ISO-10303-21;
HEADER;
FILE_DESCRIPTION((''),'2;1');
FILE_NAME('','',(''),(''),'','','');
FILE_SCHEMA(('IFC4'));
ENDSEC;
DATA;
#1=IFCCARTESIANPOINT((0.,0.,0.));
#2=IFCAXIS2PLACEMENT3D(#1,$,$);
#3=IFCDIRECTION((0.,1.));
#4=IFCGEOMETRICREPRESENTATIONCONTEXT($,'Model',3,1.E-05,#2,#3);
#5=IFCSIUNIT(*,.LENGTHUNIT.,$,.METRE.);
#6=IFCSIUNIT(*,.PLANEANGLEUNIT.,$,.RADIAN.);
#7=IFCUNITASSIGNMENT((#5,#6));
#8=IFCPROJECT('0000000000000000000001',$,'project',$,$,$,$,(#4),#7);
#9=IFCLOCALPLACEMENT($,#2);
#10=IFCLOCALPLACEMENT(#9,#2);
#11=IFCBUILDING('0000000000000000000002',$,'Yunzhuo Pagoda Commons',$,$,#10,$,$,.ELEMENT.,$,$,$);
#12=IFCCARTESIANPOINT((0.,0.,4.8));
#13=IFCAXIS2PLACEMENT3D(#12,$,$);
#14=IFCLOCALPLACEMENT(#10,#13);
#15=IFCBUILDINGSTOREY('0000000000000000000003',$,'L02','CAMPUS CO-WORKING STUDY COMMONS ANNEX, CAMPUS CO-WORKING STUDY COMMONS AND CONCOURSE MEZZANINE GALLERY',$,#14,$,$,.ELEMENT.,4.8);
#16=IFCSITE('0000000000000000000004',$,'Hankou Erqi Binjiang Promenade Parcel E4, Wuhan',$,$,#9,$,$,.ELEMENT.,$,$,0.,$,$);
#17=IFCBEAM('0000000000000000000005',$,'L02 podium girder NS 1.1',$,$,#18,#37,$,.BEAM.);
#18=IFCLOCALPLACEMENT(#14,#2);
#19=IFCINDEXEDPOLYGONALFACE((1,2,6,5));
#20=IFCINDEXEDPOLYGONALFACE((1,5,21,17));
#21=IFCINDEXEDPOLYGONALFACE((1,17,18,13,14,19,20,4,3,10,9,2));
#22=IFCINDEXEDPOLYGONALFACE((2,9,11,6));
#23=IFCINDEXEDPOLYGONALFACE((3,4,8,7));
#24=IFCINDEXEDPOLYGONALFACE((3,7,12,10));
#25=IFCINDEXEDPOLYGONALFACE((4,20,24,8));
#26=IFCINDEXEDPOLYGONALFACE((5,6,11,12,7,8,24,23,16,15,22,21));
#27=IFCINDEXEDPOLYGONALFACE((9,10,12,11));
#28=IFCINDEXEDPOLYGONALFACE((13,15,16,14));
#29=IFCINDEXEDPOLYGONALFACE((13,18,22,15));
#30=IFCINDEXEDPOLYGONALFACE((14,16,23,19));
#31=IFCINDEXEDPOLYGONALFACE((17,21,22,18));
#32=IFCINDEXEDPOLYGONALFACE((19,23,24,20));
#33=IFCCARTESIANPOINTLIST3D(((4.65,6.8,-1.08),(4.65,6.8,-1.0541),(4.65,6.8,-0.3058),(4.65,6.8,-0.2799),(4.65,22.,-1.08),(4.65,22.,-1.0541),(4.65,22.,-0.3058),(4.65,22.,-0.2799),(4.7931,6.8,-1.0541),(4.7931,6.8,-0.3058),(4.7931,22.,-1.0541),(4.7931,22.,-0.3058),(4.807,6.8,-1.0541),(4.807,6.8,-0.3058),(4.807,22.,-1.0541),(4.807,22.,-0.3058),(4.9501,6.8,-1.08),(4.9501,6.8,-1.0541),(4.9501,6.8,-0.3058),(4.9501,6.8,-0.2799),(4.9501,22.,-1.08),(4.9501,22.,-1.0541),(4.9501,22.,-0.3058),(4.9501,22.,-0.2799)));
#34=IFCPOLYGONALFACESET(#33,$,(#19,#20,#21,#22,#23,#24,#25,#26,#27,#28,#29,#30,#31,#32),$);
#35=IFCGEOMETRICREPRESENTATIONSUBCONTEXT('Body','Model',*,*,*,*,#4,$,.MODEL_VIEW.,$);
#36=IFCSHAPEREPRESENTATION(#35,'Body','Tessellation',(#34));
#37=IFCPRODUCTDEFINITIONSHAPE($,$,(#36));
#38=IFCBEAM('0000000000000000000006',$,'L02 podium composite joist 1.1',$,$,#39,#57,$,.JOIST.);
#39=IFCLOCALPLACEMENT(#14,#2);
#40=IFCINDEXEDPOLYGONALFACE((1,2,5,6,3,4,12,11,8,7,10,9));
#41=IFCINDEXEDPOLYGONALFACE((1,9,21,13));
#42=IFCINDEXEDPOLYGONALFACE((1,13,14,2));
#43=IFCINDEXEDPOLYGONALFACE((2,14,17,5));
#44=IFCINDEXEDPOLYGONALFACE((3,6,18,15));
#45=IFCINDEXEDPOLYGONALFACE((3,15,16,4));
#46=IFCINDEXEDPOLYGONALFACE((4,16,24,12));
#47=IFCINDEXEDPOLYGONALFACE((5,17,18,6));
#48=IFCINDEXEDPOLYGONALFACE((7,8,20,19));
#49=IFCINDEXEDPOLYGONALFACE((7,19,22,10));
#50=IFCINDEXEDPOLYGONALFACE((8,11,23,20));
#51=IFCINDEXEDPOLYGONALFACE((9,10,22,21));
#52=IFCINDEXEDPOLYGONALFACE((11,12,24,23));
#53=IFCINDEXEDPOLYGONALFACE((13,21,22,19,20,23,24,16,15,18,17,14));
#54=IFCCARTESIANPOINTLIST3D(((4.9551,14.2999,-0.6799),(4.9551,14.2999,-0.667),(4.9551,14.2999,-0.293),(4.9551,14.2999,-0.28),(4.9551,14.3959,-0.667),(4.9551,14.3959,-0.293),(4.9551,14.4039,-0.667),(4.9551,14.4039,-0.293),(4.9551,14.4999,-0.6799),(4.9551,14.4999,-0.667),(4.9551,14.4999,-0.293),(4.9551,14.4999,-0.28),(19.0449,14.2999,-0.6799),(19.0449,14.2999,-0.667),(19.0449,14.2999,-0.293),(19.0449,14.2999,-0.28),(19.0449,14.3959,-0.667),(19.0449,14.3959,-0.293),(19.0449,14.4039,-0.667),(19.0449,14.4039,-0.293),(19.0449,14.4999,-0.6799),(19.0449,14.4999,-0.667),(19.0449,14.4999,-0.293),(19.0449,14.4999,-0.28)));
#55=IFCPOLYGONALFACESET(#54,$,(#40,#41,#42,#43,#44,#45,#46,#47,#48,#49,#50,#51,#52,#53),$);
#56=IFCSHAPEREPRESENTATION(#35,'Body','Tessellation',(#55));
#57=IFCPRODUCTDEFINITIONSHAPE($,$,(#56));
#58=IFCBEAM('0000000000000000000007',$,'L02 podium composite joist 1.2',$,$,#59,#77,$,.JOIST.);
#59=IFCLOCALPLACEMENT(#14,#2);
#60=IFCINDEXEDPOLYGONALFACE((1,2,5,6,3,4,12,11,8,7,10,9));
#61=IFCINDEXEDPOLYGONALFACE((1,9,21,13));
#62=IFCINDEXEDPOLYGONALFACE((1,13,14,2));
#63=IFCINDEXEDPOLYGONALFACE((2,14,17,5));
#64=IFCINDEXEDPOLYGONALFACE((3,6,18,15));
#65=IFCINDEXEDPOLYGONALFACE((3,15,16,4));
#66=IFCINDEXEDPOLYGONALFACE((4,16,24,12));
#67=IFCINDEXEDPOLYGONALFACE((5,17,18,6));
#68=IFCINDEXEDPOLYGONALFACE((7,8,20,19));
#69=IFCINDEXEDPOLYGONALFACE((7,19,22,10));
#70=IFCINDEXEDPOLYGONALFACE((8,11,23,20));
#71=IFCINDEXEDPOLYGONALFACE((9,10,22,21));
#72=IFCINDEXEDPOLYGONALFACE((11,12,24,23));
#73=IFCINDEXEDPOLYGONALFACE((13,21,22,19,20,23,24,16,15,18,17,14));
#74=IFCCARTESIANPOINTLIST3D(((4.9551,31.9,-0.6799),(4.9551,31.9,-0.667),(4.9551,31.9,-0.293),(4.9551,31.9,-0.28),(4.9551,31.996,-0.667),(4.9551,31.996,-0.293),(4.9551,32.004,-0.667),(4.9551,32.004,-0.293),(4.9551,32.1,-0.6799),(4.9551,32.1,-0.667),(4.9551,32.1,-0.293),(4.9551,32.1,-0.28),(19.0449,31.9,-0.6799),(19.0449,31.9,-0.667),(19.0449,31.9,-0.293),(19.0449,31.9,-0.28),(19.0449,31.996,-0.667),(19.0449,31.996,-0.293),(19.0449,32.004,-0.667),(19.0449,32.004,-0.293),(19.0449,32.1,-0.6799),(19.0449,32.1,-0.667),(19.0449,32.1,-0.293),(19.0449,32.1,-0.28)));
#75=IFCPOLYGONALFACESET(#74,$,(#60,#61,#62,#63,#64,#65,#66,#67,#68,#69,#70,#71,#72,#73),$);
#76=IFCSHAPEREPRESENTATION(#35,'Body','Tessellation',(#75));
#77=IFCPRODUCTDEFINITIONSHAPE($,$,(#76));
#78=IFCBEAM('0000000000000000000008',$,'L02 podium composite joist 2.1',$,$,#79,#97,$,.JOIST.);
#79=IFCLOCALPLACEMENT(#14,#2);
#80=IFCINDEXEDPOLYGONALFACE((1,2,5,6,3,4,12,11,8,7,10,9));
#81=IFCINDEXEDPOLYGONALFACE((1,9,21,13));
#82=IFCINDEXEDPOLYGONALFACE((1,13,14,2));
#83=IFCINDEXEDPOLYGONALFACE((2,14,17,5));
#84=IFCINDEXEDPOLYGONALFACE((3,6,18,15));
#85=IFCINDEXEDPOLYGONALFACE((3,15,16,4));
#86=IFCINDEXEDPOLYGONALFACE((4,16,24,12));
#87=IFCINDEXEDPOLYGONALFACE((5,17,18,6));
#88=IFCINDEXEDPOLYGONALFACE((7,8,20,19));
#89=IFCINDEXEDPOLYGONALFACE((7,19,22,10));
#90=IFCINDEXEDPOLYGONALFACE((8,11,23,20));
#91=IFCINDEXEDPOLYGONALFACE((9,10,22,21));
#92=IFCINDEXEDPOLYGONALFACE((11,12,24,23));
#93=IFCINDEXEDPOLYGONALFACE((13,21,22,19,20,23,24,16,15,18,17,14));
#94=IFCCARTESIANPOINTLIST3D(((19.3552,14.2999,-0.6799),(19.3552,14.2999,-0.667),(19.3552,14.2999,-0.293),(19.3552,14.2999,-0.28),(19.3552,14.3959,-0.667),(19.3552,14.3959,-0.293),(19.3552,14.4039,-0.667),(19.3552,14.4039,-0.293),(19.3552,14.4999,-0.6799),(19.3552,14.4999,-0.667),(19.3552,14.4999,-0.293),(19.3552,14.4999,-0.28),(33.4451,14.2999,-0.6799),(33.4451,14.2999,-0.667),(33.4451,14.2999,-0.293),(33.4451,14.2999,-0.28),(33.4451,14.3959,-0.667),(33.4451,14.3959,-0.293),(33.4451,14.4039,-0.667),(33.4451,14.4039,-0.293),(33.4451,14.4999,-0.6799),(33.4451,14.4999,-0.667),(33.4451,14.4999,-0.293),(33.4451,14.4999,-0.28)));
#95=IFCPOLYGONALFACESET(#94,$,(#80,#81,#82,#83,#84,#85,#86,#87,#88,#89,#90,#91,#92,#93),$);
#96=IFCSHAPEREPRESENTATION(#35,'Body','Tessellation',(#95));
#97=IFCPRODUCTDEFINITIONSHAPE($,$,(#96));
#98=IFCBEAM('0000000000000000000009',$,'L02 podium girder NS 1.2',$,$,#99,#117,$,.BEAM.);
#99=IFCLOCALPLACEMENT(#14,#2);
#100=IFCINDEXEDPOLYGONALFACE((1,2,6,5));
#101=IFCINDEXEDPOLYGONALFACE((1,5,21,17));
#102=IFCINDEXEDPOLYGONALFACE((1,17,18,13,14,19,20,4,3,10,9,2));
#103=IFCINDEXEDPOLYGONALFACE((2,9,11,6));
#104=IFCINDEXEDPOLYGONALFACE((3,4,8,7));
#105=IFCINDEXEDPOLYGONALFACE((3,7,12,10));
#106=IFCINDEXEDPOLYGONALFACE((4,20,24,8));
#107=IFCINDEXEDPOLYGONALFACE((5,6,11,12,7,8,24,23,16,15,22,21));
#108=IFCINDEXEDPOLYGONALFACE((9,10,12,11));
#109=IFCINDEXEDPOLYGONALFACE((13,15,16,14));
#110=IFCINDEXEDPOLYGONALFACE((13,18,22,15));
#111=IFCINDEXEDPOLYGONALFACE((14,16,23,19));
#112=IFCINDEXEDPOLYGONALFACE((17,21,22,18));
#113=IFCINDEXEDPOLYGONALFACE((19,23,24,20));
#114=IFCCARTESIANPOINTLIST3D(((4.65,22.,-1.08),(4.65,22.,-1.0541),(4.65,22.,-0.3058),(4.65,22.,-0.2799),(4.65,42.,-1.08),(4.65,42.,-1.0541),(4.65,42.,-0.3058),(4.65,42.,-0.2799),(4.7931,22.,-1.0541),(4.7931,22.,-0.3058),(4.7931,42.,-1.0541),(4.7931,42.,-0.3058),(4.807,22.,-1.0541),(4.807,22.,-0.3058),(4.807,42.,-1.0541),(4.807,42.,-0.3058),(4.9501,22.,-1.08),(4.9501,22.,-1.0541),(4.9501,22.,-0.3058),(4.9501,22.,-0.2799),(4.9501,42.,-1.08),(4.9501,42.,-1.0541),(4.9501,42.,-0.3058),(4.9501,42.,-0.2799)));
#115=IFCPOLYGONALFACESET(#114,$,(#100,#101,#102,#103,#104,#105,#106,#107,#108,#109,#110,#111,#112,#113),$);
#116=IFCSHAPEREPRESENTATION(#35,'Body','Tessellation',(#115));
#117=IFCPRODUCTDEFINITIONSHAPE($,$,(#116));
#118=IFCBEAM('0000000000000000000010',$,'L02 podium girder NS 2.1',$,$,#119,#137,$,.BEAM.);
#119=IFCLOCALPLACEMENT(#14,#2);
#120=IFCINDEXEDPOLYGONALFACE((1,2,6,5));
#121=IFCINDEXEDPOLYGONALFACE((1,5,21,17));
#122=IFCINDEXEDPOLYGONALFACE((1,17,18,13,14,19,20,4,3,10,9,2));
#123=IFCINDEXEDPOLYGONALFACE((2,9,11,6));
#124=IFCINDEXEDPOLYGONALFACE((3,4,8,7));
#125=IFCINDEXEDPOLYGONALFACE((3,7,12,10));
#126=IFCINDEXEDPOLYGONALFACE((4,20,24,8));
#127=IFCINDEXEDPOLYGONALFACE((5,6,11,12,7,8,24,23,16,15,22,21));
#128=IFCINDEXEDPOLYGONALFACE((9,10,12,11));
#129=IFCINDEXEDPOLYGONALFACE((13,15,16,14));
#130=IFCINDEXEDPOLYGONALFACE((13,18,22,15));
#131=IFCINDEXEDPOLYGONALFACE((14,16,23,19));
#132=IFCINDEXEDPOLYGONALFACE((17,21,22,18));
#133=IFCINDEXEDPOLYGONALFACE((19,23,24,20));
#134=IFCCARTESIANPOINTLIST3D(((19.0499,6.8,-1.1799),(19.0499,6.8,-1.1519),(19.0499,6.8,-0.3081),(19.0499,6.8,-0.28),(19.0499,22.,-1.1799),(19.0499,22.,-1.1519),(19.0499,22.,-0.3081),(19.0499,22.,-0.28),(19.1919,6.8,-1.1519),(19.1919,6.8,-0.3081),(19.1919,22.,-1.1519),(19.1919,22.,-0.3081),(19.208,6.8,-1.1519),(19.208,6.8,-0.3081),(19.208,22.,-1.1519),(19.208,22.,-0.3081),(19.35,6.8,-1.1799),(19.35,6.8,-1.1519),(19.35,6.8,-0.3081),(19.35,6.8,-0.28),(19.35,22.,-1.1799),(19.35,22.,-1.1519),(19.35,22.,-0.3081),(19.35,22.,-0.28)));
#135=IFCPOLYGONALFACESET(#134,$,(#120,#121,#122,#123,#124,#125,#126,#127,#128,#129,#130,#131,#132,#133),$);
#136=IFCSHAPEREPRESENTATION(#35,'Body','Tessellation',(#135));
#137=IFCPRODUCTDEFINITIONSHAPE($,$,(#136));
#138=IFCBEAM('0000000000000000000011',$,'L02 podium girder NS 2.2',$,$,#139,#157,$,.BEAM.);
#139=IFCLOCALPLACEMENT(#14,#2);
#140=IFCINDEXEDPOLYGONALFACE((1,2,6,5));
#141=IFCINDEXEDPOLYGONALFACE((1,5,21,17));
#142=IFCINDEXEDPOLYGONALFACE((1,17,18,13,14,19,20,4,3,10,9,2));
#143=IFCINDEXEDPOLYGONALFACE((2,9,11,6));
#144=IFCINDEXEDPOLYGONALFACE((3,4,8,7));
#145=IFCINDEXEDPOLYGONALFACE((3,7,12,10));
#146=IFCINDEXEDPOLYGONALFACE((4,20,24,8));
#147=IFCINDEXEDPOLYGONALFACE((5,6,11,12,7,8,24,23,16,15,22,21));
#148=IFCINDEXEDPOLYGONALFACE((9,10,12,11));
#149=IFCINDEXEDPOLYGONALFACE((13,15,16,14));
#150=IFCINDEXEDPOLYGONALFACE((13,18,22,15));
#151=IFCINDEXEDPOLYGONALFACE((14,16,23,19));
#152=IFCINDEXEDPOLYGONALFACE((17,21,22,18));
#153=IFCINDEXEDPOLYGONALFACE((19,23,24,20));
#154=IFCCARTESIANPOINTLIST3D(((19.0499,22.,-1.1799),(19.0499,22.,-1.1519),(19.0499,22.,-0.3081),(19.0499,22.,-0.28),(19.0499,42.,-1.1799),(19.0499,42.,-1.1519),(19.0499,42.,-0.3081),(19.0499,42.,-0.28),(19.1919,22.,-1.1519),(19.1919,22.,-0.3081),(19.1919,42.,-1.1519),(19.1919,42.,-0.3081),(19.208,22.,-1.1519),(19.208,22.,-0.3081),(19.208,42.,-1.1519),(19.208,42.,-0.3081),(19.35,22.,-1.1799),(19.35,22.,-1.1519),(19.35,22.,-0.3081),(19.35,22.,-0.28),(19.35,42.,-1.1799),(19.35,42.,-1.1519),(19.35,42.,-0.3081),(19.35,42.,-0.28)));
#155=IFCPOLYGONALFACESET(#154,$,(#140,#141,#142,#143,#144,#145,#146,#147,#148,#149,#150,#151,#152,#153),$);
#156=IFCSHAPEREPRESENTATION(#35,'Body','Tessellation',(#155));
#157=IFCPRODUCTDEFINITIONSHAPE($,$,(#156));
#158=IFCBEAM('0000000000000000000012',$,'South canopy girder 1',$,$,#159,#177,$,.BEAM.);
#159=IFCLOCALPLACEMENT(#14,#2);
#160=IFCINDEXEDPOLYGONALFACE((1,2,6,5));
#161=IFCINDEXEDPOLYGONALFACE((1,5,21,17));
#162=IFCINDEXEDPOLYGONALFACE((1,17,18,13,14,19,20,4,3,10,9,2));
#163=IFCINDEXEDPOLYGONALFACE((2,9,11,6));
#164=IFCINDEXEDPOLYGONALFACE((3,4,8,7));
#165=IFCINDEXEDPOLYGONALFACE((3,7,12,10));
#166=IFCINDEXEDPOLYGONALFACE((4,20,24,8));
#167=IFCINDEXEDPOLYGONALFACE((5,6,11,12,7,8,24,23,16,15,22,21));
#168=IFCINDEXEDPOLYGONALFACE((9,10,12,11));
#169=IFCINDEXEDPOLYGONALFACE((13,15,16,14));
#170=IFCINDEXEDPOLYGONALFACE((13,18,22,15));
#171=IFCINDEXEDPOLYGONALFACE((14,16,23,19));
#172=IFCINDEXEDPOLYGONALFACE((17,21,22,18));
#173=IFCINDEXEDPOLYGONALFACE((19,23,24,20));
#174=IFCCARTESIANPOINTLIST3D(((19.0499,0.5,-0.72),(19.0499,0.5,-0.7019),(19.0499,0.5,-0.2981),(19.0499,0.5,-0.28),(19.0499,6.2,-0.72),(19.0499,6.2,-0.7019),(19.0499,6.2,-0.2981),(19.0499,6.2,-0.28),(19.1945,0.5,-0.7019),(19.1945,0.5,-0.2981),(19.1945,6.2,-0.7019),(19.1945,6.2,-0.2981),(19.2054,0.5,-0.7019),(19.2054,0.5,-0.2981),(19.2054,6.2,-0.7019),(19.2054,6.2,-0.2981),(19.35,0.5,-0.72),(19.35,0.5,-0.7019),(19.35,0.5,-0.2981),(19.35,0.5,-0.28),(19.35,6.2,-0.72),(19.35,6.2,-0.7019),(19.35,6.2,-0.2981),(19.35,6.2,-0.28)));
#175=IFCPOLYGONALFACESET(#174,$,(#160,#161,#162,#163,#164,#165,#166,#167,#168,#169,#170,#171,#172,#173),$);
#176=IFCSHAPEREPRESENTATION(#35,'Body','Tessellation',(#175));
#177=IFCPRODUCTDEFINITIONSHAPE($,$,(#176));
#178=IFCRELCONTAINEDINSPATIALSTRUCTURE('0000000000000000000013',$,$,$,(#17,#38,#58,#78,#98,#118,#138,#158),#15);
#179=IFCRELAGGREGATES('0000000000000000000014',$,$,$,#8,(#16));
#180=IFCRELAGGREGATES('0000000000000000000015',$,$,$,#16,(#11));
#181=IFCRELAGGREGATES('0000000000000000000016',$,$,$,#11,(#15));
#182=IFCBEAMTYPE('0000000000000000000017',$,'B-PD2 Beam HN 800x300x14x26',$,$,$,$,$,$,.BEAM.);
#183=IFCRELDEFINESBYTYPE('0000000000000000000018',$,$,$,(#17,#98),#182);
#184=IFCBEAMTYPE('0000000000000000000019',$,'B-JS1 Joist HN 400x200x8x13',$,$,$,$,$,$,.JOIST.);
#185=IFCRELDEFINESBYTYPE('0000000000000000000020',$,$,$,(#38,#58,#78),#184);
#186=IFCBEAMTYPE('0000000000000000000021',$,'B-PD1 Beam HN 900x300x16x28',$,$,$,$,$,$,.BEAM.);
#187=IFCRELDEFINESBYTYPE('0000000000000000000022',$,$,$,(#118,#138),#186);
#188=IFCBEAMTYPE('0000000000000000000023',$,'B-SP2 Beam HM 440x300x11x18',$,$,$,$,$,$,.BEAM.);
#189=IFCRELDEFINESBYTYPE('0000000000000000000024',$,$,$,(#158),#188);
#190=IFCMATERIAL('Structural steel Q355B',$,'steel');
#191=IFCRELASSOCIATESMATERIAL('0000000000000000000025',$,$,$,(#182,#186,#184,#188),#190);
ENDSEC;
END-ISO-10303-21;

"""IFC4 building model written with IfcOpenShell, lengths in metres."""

from ifc_helpers import new_model, si_unit, direction, frame, origin, origin_2d, place, context, subcontext, project, spatial, i_section, extrude, source, transform, mapped, material, material_profile, profile_set, type_object, element, save


model = new_model("IFC4")

# Units and contexts
model_context = context("Model", 3, precision=1e-05, world=origin(), true_north=direction((0.0, 1.0)))
body_context = subcontext(model_context, "Body", "Model", "MODEL_VIEW")
ifc_project = project(units=[si_unit("LENGTHUNIT", "METRE"), si_unit("PLANEANGLEUNIT", "RADIAN")], contexts=[model_context])

# Site, building, storey
site_placement = place(None, origin())
site = spatial("IfcSite", under=ifc_project, at=site_placement, Name="Hankou Erqi Binjiang Promenade Parcel E4, Wuhan", CompositionType="ELEMENT", RefElevation=0.0)
building_placement = place(site_placement, origin())
building = spatial("IfcBuilding", under=site, at=building_placement, Name="Yunzhuo Pagoda Commons", CompositionType="ELEMENT")
storey_placement = place(building_placement, frame((0.0, 0.0, 4.8)))
storey = spatial("IfcBuildingStorey", under=building, at=storey_placement, Name="L02", Description="CAMPUS CO-WORKING STUDY COMMONS ANNEX, CAMPUS CO-WORKING STUDY COMMONS AND CONCOURSE MEZZANINE GALLERY", CompositionType="ELEMENT", Elevation=4.8)

# Beams
ifc_material_1 = material(Name="Structural steel Q355B", Category="steel")
ifc_material_profile_1 = material_profile(ifc_material_1, i_section(OverallWidth=0.3, OverallDepth=0.8, WebThickness=0.0139, FlangeThickness=0.0259, at=origin_2d()), Name="Structural steel Q355B")
ifc_profile_set_1 = profile_set([ifc_material_profile_1], Name="Structural steel Q355B")
beam_type_1 = type_object("IfcBeamType", Name="B-PD2 Beam HN 800x300x14x26", PredefinedType="BEAM", material=ifc_profile_set_1)
ifc_material_profile_2 = material_profile(ifc_material_1, i_section(OverallWidth=0.3, OverallDepth=0.8999, WebThickness=0.0161, FlangeThickness=0.0281, at=origin_2d()), Name="Structural steel Q355B")
ifc_profile_set_2 = profile_set([ifc_material_profile_2], Name="Structural steel Q355B")
beam_type_2 = type_object("IfcBeamType", Name="B-PD1 Beam HN 900x300x16x28", PredefinedType="BEAM", material=ifc_profile_set_2)
shared_shape_1 = source(origin(), body_context, "Body", "SweptSolid", [
    extrude(i_section(OverallWidth=0.3, OverallDepth=0.8, WebThickness=0.0139, FlangeThickness=0.0259, at=origin_2d()), origin(), (0.0, 0.0, 1.0), 15.2),
])
beam_1_placement = place(storey_placement, frame((4.8, 6.8, -0.6799), z_axis=(0.0, 1.0, 0.0), x_axis=(-1.0, 0.0, 0.0)))
element("IfcBeam", 1, at=beam_1_placement, inside=storey, type_object=beam_type_1, Name="L02 podium girder NS 1.1", PredefinedType="BEAM", context=body_context, shape_type="MappedRepresentation", body=[
    mapped(shared_shape_1, transform((0.0, 0.0, 0.0), scale=1.0)),
])
ifc_material_profile_3 = material_profile(ifc_material_1, i_section(OverallWidth=0.2, OverallDepth=0.3999, WebThickness=0.0081, FlangeThickness=0.0129, at=origin_2d()), Name="Structural steel Q355B")
ifc_profile_set_3 = profile_set([ifc_material_profile_3], Name="Structural steel Q355B")
beam_type_3 = type_object("IfcBeamType", Name="B-JS1 Joist HN 400x200x8x13", PredefinedType="JOIST", material=ifc_profile_set_3)
shared_shape_2 = source(origin(), body_context, "Body", "SweptSolid", [
    extrude(i_section(OverallWidth=0.2, OverallDepth=0.3999, WebThickness=0.0081, FlangeThickness=0.0129, at=origin_2d()), origin(), (0.0, 0.0, 1.0), 14.0898),
])
for number, where, z_axis, x_axis, name in (
    (2, (4.9551, 14.3999, -0.48), (1.0, 0.0, 0.0), (0.0, 1.0, 0.0), "L02 podium composite joist 1.1"),
    (3, (4.9551, 32.0, -0.48), (1.0, 0.0, 0.0), (0.0, 1.0, 0.0), "L02 podium composite joist 1.2"),
    (4, (19.3552, 14.3999, -0.48), (1.0, 0.0, 0.0), (0.0, 1.0, 0.0), "L02 podium composite joist 2.1"),
):
    element("IfcBeam", number, at=place(storey_placement, frame(where, z_axis=z_axis, x_axis=x_axis)), inside=storey, type_object=beam_type_3, Name=name, PredefinedType="JOIST", context=body_context, shape_type="MappedRepresentation", body=[
        mapped(shared_shape_2, transform((0.0, 0.0, 0.0), scale=1.0)),
    ])
shared_shape_3 = source(origin(), body_context, "Body", "SweptSolid", [
    extrude(i_section(OverallWidth=0.3, OverallDepth=0.8, WebThickness=0.0139, FlangeThickness=0.0259, at=origin_2d()), origin(), (0.0, 0.0, 1.0), 20.0),
])
beam_2_placement = place(storey_placement, frame((4.8, 22.0, -0.6799), z_axis=(0.0, 1.0, 0.0), x_axis=(-1.0, 0.0, 0.0)))
element("IfcBeam", 5, at=beam_2_placement, inside=storey, type_object=beam_type_1, Name="L02 podium girder NS 1.2", PredefinedType="BEAM", context=body_context, shape_type="MappedRepresentation", body=[
    mapped(shared_shape_3, transform((0.0, 0.0, 0.0), scale=1.0)),
])
shared_shape_4 = source(origin(), body_context, "Body", "SweptSolid", [
    extrude(i_section(OverallWidth=0.3, OverallDepth=0.8999, WebThickness=0.0161, FlangeThickness=0.0281, at=origin_2d()), origin(), (0.0, 0.0, 1.0), 15.2),
])
beam_3_placement = place(storey_placement, frame((19.2, 6.8, -0.73), z_axis=(0.0, 1.0, 0.0), x_axis=(-1.0, 0.0, 0.0)))
element("IfcBeam", 6, at=beam_3_placement, inside=storey, type_object=beam_type_2, Name="L02 podium girder NS 2.1", PredefinedType="BEAM", context=body_context, shape_type="MappedRepresentation", body=[
    mapped(shared_shape_4, transform((0.0, 0.0, 0.0), scale=1.0)),
])
shared_shape_5 = source(origin(), body_context, "Body", "SweptSolid", [
    extrude(i_section(OverallWidth=0.3, OverallDepth=0.8999, WebThickness=0.0161, FlangeThickness=0.0281, at=origin_2d()), origin(), (0.0, 0.0, 1.0), 20.0),
])
beam_4_placement = place(storey_placement, frame((19.2, 22.0, -0.73), z_axis=(0.0, 1.0, 0.0), x_axis=(-1.0, 0.0, 0.0)))
element("IfcBeam", 7, at=beam_4_placement, inside=storey, type_object=beam_type_2, Name="L02 podium girder NS 2.2", PredefinedType="BEAM", context=body_context, shape_type="MappedRepresentation", body=[
    mapped(shared_shape_5, transform((0.0, 0.0, 0.0), scale=1.0)),
])
ifc_material_profile_4 = material_profile(ifc_material_1, i_section(OverallWidth=0.3, OverallDepth=0.4399, WebThickness=0.011, FlangeThickness=0.0181, at=origin_2d()), Name="Structural steel Q355B")
ifc_profile_set_4 = profile_set([ifc_material_profile_4], Name="Structural steel Q355B")
beam_type_4 = type_object("IfcBeamType", Name="B-SP2 Beam HM 440x300x11x18", PredefinedType="BEAM", material=ifc_profile_set_4)
shared_shape_6 = source(origin(), body_context, "Body", "SweptSolid", [
    extrude(i_section(OverallWidth=0.3, OverallDepth=0.4399, WebThickness=0.011, FlangeThickness=0.0181, at=origin_2d()), origin(), (0.0, 0.0, 1.0), 5.7),
])
beam_5_placement = place(storey_placement, frame((19.2, 6.2, -0.5), z_axis=(0.0, -1.0, 0.0), x_axis=(1.0, 0.0, 0.0)))
element("IfcBeam", 8, at=beam_5_placement, inside=storey, type_object=beam_type_4, Name="South canopy girder 1", PredefinedType="BEAM", context=body_context, shape_type="MappedRepresentation", body=[
    mapped(shared_shape_6, transform((0.0, 0.0, 0.0), scale=1.0)),
])

save(model, "model.ifc")
